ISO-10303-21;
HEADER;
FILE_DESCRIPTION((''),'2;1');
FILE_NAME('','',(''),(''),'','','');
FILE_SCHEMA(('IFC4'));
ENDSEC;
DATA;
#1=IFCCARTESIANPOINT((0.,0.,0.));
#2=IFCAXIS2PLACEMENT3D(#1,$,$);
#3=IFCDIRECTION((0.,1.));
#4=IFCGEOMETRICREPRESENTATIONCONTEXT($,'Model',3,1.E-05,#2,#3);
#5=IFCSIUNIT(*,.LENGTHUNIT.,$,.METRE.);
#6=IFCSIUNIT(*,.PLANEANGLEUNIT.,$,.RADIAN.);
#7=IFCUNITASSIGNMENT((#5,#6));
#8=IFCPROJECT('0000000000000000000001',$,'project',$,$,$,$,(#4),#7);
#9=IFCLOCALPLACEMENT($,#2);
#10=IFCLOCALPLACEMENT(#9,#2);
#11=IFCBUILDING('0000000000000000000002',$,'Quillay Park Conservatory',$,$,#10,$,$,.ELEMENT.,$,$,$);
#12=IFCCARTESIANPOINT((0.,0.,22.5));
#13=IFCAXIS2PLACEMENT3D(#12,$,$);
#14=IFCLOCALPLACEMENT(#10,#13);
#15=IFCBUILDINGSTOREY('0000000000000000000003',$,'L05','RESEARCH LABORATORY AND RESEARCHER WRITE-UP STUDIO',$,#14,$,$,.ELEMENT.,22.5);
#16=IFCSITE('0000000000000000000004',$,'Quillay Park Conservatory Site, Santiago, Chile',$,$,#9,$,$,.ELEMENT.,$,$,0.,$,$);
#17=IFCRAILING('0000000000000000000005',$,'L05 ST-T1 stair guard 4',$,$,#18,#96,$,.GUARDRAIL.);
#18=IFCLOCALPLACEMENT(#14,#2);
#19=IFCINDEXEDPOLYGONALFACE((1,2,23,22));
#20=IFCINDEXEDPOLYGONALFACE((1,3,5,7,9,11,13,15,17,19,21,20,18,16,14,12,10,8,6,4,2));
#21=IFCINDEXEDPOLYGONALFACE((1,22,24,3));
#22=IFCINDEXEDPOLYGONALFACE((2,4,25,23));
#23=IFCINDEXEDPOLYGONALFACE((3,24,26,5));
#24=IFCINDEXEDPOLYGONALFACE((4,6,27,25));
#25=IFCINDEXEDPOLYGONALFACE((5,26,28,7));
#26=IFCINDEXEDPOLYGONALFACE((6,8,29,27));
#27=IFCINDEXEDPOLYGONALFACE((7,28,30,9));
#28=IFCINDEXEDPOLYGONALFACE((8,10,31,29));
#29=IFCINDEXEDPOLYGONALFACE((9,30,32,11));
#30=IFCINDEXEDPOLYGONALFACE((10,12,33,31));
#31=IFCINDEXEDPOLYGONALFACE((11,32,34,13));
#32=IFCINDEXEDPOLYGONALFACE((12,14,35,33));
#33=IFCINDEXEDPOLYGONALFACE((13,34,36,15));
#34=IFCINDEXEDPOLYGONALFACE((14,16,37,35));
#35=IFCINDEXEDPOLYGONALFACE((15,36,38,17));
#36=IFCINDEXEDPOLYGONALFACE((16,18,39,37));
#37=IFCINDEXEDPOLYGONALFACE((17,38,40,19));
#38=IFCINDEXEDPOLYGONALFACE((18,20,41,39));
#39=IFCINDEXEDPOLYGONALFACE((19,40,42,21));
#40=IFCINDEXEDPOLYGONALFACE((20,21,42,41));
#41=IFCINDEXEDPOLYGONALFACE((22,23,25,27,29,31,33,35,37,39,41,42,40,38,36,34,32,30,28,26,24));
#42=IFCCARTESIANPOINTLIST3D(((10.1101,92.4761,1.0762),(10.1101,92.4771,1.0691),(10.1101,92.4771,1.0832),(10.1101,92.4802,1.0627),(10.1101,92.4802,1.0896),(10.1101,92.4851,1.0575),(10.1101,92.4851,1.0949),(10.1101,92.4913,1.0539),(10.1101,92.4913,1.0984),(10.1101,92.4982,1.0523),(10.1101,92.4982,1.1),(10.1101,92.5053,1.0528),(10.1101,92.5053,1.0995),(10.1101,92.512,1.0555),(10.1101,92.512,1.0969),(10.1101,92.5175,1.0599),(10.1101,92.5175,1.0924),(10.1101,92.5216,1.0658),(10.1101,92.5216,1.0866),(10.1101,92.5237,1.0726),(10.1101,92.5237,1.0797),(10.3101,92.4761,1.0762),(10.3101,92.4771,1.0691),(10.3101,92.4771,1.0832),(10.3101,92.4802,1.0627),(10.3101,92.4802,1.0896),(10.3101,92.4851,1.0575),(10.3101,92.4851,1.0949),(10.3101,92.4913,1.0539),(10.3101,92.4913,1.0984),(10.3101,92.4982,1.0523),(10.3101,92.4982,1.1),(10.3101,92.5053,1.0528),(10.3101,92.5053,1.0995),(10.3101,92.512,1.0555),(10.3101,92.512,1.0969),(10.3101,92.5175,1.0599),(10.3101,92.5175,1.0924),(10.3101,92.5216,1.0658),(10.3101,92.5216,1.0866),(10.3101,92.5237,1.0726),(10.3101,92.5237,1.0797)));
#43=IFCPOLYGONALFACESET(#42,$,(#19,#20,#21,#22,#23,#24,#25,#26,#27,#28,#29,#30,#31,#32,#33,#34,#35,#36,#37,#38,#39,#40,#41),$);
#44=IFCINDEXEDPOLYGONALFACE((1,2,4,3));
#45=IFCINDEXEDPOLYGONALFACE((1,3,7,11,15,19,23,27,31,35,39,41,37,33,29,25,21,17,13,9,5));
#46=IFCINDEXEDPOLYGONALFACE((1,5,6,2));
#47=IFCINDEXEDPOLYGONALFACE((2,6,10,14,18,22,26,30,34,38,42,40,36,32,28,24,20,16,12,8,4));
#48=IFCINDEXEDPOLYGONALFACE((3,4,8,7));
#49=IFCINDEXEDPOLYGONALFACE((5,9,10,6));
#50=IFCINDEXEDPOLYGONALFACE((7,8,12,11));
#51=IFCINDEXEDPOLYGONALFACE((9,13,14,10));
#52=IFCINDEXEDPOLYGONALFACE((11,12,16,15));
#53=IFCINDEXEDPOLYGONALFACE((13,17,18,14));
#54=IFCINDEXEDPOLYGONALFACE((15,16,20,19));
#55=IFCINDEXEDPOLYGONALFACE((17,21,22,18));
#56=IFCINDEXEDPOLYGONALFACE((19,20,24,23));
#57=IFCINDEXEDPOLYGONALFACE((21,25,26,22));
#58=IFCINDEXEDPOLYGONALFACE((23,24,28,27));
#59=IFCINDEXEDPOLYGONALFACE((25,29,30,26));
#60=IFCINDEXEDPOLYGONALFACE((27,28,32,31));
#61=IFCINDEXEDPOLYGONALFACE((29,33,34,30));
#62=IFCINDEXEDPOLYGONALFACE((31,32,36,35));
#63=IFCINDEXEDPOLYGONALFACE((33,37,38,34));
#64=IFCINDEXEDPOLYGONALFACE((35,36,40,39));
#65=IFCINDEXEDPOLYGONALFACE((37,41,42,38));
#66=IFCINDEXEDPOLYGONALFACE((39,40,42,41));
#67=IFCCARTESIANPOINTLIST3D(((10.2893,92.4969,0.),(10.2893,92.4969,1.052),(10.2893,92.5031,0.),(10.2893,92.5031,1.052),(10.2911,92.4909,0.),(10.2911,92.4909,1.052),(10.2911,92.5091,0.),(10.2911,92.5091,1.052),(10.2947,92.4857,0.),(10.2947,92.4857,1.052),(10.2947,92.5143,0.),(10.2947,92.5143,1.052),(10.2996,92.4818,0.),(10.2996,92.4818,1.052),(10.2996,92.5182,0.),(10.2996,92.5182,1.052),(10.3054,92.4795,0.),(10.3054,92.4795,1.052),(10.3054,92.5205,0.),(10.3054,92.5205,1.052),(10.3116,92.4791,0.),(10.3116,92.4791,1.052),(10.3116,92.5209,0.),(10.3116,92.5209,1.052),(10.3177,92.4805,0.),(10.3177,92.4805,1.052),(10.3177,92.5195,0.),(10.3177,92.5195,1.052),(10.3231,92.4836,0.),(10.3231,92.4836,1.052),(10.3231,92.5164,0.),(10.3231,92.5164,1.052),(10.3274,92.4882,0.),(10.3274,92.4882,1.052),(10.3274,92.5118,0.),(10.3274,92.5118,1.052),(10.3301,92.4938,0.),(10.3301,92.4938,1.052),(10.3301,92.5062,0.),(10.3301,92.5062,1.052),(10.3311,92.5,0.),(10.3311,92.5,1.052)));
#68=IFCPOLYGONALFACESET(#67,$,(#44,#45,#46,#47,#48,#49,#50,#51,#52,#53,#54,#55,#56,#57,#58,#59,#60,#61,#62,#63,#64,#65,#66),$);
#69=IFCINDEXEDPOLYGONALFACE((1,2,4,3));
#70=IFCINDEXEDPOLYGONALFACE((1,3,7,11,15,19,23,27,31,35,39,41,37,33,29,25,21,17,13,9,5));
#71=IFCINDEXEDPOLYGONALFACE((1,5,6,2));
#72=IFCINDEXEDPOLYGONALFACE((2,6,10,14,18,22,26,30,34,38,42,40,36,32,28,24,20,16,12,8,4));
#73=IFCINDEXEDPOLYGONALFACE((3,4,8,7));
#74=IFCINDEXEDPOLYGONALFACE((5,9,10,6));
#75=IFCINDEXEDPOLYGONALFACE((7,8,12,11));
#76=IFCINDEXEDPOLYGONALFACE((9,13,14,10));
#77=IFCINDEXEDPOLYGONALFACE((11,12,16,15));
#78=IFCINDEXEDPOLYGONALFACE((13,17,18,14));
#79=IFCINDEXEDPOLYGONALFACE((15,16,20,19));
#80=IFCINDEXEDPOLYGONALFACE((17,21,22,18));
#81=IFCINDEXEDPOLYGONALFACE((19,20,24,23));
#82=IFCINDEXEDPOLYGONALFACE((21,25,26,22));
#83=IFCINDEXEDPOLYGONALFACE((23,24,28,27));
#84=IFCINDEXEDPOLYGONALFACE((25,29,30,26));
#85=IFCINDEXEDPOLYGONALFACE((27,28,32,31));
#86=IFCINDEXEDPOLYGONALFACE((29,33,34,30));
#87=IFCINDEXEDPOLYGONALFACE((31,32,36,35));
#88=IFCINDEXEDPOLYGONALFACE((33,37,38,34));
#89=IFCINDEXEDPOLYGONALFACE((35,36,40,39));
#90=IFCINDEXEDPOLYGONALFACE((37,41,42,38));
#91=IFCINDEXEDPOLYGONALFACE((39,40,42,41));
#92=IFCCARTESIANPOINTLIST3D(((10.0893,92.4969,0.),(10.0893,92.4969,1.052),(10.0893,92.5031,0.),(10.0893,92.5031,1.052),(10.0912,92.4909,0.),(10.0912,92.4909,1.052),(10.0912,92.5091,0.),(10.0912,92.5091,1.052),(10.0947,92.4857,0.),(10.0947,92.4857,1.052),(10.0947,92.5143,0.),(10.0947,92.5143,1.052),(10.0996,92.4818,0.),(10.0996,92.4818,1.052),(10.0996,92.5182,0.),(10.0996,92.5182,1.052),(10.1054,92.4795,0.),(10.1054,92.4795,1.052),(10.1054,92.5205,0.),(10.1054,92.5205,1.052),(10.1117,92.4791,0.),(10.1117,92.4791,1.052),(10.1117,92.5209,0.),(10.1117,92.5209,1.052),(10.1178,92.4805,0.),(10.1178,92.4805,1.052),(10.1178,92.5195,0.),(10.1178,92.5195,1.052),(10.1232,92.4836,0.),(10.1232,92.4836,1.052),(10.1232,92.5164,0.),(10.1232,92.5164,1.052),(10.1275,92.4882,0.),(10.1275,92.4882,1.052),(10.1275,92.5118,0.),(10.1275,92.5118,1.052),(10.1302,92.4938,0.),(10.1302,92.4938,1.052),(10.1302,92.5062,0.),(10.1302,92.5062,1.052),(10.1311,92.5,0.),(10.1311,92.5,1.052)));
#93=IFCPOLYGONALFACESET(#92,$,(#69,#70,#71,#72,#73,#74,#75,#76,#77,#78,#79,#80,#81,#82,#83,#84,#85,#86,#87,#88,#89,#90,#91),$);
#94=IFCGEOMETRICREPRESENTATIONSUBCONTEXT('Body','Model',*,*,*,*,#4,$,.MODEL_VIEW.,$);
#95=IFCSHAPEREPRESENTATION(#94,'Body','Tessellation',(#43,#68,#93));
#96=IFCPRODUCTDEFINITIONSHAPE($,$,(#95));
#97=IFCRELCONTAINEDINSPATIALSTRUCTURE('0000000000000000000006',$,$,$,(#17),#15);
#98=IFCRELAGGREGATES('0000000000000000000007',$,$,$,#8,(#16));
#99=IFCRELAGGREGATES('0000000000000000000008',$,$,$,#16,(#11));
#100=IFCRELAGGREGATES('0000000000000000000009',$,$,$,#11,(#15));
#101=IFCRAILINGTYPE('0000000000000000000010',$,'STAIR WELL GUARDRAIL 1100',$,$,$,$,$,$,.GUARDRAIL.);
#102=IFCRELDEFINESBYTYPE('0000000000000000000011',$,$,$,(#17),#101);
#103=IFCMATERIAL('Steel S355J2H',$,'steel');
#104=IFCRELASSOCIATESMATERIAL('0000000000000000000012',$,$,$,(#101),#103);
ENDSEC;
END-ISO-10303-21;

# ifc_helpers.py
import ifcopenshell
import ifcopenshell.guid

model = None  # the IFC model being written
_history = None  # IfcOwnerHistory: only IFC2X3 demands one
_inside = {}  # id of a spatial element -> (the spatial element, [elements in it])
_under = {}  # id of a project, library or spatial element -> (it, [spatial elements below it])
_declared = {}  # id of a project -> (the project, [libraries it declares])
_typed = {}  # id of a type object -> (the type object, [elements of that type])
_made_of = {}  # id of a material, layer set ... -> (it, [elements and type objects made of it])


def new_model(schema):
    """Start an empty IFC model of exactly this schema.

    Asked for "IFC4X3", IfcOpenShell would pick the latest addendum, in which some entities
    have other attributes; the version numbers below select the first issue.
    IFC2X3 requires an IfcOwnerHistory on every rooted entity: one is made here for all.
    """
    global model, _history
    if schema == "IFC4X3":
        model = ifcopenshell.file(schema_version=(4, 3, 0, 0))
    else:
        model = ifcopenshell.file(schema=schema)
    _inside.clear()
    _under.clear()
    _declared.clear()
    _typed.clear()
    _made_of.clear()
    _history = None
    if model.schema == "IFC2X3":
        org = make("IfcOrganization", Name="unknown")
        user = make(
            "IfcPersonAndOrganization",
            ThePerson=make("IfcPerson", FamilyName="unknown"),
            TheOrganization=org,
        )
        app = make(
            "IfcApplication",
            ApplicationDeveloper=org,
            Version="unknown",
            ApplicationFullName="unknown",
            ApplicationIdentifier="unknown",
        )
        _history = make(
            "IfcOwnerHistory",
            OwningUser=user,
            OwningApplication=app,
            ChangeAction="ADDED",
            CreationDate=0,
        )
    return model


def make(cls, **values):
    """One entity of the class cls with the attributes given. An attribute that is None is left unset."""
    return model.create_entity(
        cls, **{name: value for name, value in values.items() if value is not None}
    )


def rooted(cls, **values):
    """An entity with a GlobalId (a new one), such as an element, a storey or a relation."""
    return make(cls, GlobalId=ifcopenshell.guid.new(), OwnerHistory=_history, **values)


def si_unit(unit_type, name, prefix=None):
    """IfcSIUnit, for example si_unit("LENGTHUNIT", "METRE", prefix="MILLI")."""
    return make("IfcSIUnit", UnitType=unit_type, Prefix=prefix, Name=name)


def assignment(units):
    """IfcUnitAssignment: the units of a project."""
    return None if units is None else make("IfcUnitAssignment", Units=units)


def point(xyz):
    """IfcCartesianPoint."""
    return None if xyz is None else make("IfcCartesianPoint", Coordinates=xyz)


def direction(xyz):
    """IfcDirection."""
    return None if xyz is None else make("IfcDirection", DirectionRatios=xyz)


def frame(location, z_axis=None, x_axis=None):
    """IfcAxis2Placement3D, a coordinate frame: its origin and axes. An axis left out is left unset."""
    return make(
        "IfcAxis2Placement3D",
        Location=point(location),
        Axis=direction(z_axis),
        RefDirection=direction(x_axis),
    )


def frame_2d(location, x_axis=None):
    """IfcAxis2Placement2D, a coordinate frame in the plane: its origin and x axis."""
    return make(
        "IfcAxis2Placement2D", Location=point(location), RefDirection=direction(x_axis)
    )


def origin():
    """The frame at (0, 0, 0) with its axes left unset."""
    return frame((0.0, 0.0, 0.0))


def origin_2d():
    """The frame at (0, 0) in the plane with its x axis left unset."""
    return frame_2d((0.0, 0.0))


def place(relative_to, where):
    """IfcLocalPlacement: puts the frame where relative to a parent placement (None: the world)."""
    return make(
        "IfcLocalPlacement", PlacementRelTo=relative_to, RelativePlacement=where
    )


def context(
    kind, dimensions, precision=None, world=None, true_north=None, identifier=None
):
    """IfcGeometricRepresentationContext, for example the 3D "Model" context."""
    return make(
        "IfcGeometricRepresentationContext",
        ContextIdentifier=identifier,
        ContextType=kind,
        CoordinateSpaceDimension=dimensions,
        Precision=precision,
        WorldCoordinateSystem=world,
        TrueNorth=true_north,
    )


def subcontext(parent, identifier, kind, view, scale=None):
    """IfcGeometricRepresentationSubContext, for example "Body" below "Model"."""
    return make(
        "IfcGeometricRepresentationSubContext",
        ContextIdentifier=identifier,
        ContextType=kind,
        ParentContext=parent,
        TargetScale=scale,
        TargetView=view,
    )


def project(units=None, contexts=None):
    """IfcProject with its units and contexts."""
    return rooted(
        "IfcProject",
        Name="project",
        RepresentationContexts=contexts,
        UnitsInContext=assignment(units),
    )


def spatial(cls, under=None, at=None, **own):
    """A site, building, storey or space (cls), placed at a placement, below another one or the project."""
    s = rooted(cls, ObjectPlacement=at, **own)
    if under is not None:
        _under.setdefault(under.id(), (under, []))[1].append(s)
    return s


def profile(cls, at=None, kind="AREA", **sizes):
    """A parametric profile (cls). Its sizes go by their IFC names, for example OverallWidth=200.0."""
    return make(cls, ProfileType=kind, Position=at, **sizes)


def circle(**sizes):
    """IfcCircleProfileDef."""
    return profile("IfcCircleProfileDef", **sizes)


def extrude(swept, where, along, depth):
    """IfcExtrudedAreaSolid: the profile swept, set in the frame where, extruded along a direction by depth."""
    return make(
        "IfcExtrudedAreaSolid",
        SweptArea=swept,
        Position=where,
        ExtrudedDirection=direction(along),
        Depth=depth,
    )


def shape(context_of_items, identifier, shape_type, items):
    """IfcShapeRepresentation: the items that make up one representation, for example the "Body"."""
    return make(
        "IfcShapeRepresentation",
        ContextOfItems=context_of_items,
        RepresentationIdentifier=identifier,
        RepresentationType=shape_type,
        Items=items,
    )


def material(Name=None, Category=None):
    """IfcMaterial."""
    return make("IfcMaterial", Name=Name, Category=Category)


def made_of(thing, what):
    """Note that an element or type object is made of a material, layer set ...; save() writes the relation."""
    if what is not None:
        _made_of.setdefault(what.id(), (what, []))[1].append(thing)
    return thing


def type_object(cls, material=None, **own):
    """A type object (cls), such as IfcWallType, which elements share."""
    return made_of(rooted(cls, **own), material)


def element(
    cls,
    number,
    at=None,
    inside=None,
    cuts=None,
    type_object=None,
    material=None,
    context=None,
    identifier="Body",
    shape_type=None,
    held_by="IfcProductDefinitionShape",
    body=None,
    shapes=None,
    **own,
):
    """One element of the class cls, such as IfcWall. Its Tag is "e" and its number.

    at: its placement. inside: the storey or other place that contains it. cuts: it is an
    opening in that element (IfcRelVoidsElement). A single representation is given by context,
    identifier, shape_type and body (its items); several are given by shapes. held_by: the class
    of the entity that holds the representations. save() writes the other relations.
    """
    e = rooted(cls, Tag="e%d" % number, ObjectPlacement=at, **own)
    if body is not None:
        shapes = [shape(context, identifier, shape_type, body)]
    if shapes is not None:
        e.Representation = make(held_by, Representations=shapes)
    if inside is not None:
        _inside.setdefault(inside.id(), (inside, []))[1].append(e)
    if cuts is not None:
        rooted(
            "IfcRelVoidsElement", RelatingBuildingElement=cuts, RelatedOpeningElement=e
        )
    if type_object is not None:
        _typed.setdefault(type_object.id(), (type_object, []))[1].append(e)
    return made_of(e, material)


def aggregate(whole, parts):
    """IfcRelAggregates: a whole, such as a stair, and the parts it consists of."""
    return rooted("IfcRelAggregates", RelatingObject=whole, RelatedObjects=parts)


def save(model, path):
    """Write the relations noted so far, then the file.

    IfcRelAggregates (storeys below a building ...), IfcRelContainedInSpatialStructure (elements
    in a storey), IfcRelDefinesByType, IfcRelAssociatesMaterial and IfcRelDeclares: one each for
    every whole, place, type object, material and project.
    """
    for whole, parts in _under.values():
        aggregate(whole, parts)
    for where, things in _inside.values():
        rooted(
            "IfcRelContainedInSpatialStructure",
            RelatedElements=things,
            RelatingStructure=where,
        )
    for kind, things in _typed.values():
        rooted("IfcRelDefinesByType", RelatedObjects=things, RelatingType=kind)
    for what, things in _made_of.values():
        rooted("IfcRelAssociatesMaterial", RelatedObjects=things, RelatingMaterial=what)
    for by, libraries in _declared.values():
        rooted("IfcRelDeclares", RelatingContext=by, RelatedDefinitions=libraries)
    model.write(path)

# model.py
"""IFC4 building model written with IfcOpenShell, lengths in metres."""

from ifc_helpers import new_model, si_unit, direction, frame, origin, origin_2d, place, context, subcontext, project, spatial, circle, extrude, material, type_object, element, save


model = new_model("IFC4")

# Units and contexts
model_context = context("Model", 3, precision=1e-05, world=origin(), true_north=direction((0.0, 1.0)))
body_context = subcontext(model_context, "Body", "Model", "MODEL_VIEW")
ifc_project = project(units=[si_unit("LENGTHUNIT", "METRE"), si_unit("PLANEANGLEUNIT", "RADIAN")], contexts=[model_context])

# Site, building, storey
site_placement = place(None, origin())
site = spatial("IfcSite", under=ifc_project, at=site_placement, Name="Quillay Park Conservatory Site, Santiago, Chile", CompositionType="ELEMENT", RefElevation=0.0)
building_placement = place(site_placement, origin())
building = spatial("IfcBuilding", under=site, at=building_placement, Name="Quillay Park Conservatory", CompositionType="ELEMENT")
storey_placement = place(building_placement, frame((0.0, 0.0, 22.5)))
storey = spatial("IfcBuildingStorey", under=building, at=storey_placement, Name="L05", Description="RESEARCH LABORATORY AND RESEARCHER WRITE-UP STUDIO", CompositionType="ELEMENT", Elevation=22.5)

# Railing
ifc_material_1 = material(Name="Steel S355J2H", Category="steel")
railing_type_1 = type_object("IfcRailingType", Name="STAIR WELL GUARDRAIL 1100", PredefinedType="GUARDRAIL", material=ifc_material_1)
railing_1_placement = place(storey_placement, frame((10.3101, 92.5, 0.0)))
element("IfcRailing", 1, at=railing_1_placement, inside=storey, type_object=railing_type_1, Name="L05 ST-T1 stair guard 4", PredefinedType="GUARDRAIL", context=body_context, shape_type="SweptSolid", body=[
    extrude(circle(Radius=0.0239, at=origin_2d()), frame((0.0, 0.0, 1.0762), z_axis=(-1.0, 0.0, 0.0), x_axis=(0.0, -1.0, 0.0)), (0.0, 0.0, 1.0), 0.2),
    extrude(circle(Radius=0.021, at=origin_2d()), origin(), (0.0, 0.0, 1.0), 1.052),
    extrude(circle(Radius=0.021, at=origin_2d()), frame((-0.2, 0.0, 0.0)), (0.0, 0.0, 1.0), 1.052),
])

save(model, "model.ifc")
